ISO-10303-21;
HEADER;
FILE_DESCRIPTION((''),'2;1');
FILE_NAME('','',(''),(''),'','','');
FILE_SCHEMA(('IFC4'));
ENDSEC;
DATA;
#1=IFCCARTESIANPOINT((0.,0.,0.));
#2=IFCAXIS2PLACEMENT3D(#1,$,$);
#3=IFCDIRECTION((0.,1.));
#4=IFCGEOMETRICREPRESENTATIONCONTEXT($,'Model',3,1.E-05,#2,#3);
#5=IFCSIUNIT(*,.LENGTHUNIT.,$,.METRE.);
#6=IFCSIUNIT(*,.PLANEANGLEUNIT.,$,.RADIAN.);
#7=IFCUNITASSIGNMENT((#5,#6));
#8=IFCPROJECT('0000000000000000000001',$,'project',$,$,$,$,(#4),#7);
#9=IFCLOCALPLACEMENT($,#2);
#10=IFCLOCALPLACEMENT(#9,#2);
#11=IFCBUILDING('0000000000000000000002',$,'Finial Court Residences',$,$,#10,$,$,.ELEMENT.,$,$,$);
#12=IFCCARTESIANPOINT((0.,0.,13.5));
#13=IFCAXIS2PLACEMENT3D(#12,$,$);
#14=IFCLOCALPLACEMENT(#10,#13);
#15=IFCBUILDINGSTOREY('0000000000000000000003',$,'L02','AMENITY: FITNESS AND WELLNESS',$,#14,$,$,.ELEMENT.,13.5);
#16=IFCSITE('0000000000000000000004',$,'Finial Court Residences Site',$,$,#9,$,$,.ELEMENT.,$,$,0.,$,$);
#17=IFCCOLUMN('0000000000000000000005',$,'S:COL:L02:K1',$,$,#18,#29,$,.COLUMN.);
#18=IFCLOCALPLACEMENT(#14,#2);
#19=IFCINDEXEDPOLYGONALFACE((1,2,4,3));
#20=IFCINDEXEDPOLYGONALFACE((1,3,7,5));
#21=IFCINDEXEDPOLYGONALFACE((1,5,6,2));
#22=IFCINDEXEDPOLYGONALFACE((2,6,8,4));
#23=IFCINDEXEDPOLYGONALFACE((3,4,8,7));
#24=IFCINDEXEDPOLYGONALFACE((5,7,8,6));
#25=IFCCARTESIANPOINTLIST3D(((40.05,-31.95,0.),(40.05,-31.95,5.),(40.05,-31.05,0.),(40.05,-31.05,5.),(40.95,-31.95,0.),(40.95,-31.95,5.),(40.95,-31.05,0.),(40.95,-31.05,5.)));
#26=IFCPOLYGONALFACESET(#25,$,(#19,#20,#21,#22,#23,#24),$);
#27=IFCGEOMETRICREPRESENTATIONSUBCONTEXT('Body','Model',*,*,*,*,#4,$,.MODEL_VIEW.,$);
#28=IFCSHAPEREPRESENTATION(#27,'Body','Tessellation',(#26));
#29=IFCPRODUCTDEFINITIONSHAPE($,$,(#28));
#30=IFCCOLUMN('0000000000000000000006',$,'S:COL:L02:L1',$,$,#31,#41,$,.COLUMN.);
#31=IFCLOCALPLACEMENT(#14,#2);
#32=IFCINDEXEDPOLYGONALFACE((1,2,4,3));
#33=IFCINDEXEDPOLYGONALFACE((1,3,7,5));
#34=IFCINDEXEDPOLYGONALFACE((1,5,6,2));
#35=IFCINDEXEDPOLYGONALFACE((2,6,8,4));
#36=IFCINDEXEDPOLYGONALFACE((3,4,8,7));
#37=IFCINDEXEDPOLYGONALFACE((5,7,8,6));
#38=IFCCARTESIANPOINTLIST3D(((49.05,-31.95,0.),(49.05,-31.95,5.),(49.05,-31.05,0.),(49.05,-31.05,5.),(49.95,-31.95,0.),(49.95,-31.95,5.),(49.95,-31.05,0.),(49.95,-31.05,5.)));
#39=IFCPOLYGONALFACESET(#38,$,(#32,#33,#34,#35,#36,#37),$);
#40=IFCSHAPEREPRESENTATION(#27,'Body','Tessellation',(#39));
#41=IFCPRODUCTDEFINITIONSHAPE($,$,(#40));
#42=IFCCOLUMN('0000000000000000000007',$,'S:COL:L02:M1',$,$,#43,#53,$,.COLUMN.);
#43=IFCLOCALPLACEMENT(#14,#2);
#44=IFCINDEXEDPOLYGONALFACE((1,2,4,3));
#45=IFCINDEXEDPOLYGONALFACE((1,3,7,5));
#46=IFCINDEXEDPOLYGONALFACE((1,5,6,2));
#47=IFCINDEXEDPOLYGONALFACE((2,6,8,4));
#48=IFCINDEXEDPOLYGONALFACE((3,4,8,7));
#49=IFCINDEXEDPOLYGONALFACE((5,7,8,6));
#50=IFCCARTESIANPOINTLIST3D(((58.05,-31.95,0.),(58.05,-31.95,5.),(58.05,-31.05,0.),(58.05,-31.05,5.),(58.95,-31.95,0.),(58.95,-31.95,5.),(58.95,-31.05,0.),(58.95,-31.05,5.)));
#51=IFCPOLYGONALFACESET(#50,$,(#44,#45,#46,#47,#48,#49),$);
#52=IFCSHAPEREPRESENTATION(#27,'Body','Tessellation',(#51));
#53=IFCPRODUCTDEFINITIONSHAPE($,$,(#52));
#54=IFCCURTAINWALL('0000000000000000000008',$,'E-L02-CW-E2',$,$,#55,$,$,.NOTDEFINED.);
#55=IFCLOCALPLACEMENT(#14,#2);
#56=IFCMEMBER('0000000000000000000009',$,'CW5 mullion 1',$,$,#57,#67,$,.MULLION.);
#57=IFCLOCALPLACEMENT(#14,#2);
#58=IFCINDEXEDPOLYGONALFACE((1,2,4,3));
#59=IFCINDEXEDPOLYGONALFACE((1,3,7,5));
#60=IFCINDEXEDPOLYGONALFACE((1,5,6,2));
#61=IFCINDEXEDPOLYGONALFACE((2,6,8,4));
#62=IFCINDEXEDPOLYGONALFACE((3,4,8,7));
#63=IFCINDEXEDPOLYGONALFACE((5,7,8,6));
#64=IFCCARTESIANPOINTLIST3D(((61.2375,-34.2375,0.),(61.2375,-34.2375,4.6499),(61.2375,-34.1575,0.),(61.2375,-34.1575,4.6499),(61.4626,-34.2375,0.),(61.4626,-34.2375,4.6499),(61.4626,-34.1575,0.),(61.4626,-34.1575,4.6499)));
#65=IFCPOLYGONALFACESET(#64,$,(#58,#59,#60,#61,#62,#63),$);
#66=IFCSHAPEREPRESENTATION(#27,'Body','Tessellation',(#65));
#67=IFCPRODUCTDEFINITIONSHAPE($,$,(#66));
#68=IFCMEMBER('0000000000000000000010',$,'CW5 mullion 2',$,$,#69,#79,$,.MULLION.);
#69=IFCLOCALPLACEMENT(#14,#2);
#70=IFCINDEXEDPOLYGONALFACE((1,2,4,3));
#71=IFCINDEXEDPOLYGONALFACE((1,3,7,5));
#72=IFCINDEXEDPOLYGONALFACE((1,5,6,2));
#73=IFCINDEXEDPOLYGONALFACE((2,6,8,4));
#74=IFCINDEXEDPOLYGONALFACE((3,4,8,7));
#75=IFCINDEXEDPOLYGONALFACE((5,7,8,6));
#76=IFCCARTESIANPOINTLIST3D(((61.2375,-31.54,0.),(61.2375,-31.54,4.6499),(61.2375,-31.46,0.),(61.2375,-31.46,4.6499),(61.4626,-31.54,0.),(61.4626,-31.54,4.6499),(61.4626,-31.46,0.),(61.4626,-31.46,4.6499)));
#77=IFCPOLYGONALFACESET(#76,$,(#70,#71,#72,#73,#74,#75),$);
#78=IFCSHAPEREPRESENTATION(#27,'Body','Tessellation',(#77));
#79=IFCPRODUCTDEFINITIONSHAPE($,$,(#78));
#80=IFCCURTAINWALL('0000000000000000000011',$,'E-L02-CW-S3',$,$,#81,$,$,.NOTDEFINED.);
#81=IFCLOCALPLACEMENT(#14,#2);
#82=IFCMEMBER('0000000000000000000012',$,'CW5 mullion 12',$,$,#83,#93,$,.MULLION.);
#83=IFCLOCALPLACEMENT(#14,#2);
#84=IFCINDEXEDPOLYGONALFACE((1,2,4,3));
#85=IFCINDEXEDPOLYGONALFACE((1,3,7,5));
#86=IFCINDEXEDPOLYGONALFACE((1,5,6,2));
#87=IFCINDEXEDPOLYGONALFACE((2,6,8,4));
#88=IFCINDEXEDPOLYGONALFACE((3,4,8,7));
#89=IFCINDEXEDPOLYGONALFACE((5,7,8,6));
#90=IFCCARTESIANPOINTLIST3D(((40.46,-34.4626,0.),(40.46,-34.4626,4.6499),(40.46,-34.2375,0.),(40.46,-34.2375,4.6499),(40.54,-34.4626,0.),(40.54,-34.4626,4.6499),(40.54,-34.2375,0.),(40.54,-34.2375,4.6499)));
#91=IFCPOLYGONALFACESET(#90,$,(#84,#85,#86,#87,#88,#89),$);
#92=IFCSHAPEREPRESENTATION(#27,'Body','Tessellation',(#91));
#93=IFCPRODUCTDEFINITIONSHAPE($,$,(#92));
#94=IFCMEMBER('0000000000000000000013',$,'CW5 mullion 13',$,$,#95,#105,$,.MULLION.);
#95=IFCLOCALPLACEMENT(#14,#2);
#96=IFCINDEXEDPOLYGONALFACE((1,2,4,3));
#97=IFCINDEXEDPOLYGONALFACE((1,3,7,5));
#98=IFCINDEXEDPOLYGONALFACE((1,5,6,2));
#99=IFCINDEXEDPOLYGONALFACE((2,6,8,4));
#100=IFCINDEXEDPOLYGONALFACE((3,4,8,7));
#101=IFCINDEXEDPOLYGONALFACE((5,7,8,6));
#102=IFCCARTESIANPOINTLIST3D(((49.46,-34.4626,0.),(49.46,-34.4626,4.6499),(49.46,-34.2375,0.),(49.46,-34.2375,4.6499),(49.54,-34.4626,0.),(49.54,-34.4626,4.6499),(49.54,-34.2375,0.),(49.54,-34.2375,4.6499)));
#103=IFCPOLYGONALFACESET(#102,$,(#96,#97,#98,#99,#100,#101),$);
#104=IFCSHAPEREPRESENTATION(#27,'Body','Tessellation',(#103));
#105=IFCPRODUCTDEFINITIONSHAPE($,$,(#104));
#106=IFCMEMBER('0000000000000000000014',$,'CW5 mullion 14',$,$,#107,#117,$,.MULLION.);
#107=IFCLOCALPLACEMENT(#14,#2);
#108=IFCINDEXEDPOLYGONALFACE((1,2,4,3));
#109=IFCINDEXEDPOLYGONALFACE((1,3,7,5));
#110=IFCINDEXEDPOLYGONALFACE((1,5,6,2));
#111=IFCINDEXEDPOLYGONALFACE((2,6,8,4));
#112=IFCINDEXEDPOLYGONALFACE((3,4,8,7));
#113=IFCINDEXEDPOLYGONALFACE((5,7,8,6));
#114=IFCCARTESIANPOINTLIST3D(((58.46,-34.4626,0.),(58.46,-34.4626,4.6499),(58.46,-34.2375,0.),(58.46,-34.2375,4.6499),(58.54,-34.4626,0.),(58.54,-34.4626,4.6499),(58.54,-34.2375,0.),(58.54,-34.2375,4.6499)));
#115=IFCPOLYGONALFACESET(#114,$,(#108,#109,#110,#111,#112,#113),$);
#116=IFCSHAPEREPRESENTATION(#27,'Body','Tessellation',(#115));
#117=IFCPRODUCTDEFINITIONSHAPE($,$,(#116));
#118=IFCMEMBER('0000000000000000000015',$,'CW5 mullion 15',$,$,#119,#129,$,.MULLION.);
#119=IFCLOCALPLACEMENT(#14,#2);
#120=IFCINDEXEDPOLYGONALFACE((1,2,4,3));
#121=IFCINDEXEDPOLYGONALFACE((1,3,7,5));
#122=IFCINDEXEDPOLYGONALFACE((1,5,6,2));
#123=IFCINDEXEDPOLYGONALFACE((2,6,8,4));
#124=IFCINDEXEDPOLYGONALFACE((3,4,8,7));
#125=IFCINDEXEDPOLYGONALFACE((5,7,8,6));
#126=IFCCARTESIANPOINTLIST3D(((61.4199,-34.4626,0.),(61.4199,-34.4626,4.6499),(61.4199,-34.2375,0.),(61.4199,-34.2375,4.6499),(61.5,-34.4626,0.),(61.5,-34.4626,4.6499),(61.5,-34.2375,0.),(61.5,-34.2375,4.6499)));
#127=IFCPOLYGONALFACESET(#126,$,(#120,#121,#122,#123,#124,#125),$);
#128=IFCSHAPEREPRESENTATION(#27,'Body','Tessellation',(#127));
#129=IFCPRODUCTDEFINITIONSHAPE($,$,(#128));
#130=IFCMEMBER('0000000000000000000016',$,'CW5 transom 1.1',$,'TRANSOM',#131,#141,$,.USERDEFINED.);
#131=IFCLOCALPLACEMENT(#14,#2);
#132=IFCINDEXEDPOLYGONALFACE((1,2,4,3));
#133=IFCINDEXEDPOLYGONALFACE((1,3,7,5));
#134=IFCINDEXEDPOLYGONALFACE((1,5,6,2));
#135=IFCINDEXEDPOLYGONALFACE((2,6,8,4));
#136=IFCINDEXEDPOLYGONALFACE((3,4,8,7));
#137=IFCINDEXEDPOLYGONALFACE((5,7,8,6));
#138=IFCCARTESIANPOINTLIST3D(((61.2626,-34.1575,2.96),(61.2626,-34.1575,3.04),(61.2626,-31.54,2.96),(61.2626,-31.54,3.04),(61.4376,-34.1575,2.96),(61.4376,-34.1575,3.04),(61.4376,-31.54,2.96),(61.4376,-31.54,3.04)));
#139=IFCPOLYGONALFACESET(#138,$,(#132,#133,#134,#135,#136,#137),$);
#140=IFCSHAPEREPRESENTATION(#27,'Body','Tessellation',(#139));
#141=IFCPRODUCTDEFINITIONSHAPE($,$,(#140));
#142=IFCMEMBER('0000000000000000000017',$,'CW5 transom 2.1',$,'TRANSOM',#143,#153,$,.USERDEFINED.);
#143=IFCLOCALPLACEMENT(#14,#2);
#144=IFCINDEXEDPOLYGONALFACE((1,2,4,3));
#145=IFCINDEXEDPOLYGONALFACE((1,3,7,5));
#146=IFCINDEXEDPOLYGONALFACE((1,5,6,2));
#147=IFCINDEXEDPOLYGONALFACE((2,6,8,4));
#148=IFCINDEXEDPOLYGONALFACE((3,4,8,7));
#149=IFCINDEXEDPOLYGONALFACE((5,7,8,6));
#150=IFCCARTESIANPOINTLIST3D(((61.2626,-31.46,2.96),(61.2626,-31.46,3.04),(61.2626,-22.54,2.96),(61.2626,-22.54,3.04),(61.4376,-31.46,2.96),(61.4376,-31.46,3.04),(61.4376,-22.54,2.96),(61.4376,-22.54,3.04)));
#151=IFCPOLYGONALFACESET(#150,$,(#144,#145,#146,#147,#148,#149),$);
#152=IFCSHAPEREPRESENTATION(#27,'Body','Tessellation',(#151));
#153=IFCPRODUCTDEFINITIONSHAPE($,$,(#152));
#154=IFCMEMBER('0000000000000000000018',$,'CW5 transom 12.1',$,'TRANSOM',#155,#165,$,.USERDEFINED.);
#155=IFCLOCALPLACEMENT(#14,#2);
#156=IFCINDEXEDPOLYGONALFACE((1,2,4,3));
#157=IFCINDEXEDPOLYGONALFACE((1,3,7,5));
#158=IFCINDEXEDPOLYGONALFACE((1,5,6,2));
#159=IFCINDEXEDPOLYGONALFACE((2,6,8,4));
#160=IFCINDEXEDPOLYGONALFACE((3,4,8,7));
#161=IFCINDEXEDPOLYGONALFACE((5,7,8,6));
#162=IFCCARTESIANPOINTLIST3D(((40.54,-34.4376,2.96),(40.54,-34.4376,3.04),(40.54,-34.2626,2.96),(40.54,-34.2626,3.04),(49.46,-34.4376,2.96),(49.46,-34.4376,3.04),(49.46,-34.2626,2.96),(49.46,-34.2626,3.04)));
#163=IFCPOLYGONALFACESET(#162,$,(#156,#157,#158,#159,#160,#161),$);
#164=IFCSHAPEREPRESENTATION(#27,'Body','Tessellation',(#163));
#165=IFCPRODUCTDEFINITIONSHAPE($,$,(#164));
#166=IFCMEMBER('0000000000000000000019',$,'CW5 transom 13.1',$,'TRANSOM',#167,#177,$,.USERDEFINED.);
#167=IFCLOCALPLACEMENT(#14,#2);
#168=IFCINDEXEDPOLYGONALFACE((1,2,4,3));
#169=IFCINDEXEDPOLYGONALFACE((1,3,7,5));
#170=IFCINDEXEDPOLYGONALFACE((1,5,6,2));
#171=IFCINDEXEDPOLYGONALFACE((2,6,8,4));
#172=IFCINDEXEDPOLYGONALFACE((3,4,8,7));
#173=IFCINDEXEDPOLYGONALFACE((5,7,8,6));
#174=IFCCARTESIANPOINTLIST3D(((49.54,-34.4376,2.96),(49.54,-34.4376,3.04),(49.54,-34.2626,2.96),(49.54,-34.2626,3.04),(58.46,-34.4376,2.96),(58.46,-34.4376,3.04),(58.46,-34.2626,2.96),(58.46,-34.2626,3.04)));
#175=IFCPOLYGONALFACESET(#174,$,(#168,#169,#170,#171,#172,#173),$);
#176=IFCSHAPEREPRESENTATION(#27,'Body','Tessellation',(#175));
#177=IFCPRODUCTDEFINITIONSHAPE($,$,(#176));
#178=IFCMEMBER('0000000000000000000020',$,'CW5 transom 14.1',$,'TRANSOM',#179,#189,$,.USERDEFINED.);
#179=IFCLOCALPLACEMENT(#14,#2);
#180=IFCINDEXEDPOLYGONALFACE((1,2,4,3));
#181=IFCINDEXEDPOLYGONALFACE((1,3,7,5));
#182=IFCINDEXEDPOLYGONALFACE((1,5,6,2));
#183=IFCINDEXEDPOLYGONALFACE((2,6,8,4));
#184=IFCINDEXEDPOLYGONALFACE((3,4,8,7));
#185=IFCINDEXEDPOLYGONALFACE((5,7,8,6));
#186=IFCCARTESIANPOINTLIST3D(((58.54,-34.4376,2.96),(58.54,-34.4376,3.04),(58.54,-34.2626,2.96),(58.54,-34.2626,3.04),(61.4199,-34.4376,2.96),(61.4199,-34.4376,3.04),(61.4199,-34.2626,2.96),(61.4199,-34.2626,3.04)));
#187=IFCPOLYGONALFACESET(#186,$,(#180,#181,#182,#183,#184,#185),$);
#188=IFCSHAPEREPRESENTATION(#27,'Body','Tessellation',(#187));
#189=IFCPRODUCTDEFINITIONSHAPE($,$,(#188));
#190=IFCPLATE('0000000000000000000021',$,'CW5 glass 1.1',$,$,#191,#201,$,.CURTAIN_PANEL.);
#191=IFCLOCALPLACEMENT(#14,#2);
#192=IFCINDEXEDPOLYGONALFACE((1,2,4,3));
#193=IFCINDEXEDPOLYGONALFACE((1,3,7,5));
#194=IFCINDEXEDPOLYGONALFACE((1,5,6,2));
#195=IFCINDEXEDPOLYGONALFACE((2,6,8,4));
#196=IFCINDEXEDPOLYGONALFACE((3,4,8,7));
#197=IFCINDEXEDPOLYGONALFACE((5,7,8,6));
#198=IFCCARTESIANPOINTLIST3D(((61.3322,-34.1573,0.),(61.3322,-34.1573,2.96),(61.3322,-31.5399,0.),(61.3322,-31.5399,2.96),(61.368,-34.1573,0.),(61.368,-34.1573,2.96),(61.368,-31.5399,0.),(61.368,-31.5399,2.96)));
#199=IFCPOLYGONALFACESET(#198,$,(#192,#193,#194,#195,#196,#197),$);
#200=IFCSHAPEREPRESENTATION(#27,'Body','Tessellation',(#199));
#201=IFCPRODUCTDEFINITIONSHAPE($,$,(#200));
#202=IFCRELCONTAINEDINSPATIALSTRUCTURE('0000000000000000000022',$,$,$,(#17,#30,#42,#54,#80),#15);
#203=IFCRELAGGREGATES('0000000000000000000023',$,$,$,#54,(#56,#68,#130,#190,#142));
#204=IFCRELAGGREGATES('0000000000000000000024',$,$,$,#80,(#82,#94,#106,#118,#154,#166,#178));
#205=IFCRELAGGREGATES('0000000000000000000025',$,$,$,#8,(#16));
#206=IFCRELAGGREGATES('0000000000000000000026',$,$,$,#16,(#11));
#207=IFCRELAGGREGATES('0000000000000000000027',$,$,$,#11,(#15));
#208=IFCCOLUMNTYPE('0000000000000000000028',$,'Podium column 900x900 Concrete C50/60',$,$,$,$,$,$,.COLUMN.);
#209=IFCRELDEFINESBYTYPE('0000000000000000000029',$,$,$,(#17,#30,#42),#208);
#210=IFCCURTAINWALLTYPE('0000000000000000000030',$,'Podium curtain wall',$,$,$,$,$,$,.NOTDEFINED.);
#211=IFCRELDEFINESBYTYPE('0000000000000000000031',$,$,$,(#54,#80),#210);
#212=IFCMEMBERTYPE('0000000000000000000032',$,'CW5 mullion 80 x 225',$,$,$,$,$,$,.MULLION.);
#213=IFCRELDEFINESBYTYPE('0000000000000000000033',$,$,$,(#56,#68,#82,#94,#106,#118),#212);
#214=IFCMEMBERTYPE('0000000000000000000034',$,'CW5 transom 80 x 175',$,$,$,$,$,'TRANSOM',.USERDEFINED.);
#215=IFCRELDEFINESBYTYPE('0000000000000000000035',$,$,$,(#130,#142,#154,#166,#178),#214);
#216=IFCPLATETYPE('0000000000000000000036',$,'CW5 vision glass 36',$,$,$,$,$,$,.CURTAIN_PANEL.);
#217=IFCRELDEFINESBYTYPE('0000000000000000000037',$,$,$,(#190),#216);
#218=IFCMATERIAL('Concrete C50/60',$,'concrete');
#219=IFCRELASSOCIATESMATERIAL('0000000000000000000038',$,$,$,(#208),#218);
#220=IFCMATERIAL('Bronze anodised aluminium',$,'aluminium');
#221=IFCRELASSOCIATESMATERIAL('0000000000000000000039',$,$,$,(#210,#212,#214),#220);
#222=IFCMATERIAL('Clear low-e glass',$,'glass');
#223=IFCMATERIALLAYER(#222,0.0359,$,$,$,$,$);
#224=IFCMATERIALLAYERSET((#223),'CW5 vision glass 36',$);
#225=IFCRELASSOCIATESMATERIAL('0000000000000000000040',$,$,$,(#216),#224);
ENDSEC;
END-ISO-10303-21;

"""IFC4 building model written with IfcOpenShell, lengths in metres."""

from ifc_helpers import new_model, si_unit, direction, frame, origin, origin_2d, place, context, subcontext, project, spatial, rectangle, extrude, material, layer, layer_set, material_profile, profile_set, type_object, element, aggregate, save


model = new_model("IFC4")

# Units and contexts
model_context = context("Model", 3, precision=1e-05, world=origin(), true_north=direction((0.0, 1.0)))
body_context = subcontext(model_context, "Body", "Model", "MODEL_VIEW")
ifc_project = project(units=[si_unit("LENGTHUNIT", "METRE"), si_unit("PLANEANGLEUNIT", "RADIAN")], contexts=[model_context])

# Site, building, storey
site_placement = place(None, origin())
site = spatial("IfcSite", under=ifc_project, at=site_placement, Name="Finial Court Residences Site", CompositionType="ELEMENT", RefElevation=0.0)
building_placement = place(site_placement, origin())
building = spatial("IfcBuilding", under=site, at=building_placement, Name="Finial Court Residences", CompositionType="ELEMENT")
storey_placement = place(building_placement, frame((0.0, 0.0, 13.5)))
storey = spatial("IfcBuildingStorey", under=building, at=storey_placement, Name="L02", Description="AMENITY: FITNESS AND WELLNESS", CompositionType="ELEMENT", Elevation=13.5)

# Columns
ifc_material_1 = material(Name="Concrete C50/60", Category="concrete")
ifc_material_profile_1 = material_profile(ifc_material_1, rectangle(XDim=0.8999, YDim=0.8999, at=origin_2d()), Name="900x900")
ifc_profile_set_1 = profile_set([ifc_material_profile_1], Name="Concrete C50/60")
column_type = type_object("IfcColumnType", Name="Podium column 900x900 Concrete C50/60", PredefinedType="COLUMN", material=ifc_profile_set_1)
for number, where, z_axis, x_axis, name in (
    (1, (40.5, -31.5, 0.0), (0.0, 0.0, 1.0), (1.0, 0.0, 0.0), "S:COL:L02:K1"),
    (2, (49.5, -31.5, 0.0), (0.0, 0.0, 1.0), (1.0, 0.0, 0.0), "S:COL:L02:L1"),
    (3, (58.5, -31.5, 0.0), (0.0, 0.0, 1.0), (1.0, 0.0, 0.0), "S:COL:L02:M1"),
):
    element("IfcColumn", number, at=place(storey_placement, frame(where, z_axis=z_axis, x_axis=x_axis)), inside=storey, type_object=column_type, Name=name, PredefinedType="COLUMN", context=body_context, shape_type="SweptSolid", body=[
        extrude(rectangle(XDim=0.8999, YDim=0.8999, at=origin_2d()), origin(), (0.0, 0.0, 1.0), 5.0),
    ])

# Curtain walls, members
ifc_material_2 = material(Name="Bronze anodised aluminium", Category="aluminium")
curtain_wall_type = type_object("IfcCurtainWallType", Name="Podium curtain wall", PredefinedType="NOTDEFINED", material=ifc_material_2)
curtain_wall_1_placement = place(storey_placement, origin())
curtain_wall_1 = element("IfcCurtainWall", 4, at=curtain_wall_1_placement, inside=storey, type_object=curtain_wall_type, Name="E-L02-CW-E2", PredefinedType="NOTDEFINED")
ifc_material_profile_2 = material_profile(ifc_material_2, rectangle(XDim=0.2251, YDim=0.0801, at=origin_2d()), Name="CW5 mullion 80 x 225")
ifc_profile_set_2 = profile_set([ifc_material_profile_2], Name="Bronze anodised aluminium")
member_type_1 = type_object("IfcMemberType", Name="CW5 mullion 80 x 225", PredefinedType="MULLION", material=ifc_profile_set_2)
member_1_placement = place(storey_placement, frame((61.3501, -34.1975, 0.0), z_axis=(0.0, 0.0, 1.0), x_axis=(-1.0, 0.0, 0.0)))
member_1 = element("IfcMember", 5, at=member_1_placement, type_object=member_type_1, Name="CW5 mullion 1", PredefinedType="MULLION", context=body_context, shape_type="SweptSolid", body=[
    extrude(rectangle(XDim=0.2251, YDim=0.0801, at=origin_2d()), origin(), (0.0, 0.0, 1.0), 4.6499),
])
member_2_placement = place(storey_placement, frame((61.3501, -31.5, 0.0), z_axis=(0.0, 0.0, 1.0), x_axis=(-1.0, 0.0, 0.0)))
member_2 = element("IfcMember", 6, at=member_2_placement, type_object=member_type_1, Name="CW5 mullion 2", PredefinedType="MULLION", context=body_context, shape_type="SweptSolid", body=[
    extrude(rectangle(XDim=0.2251, YDim=0.0801, at=origin_2d()), origin(), (0.0, 0.0, 1.0), 4.6499),
])
curtain_wall_2_placement = place(storey_placement, origin())
curtain_wall_2 = element("IfcCurtainWall", 7, at=curtain_wall_2_placement, inside=storey, type_object=curtain_wall_type, Name="E-L02-CW-S3", PredefinedType="NOTDEFINED")
member_3_placement = place(storey_placement, frame((40.5, -34.3501, 0.0), z_axis=(0.0, 0.0, 1.0), x_axis=(0.0, 1.0, 0.0)))
member_3 = element("IfcMember", 8, at=member_3_placement, type_object=member_type_1, Name="CW5 mullion 12", PredefinedType="MULLION", context=body_context, shape_type="SweptSolid", body=[
    extrude(rectangle(XDim=0.2251, YDim=0.0801, at=origin_2d()), origin(), (0.0, 0.0, 1.0), 4.6499),
])
member_4_placement = place(storey_placement, frame((49.5, -34.3501, 0.0), z_axis=(0.0, 0.0, 1.0), x_axis=(0.0, 1.0, 0.0)))
member_4 = element("IfcMember", 9, at=member_4_placement, type_object=member_type_1, Name="CW5 mullion 13", PredefinedType="MULLION", context=body_context, shape_type="SweptSolid", body=[
    extrude(rectangle(XDim=0.2251, YDim=0.0801, at=origin_2d()), origin(), (0.0, 0.0, 1.0), 4.6499),
])
member_5_placement = place(storey_placement, frame((58.5, -34.3501, 0.0), z_axis=(0.0, 0.0, 1.0), x_axis=(0.0, 1.0, 0.0)))
member_5 = element("IfcMember", 10, at=member_5_placement, type_object=member_type_1, Name="CW5 mullion 14", PredefinedType="MULLION", context=body_context, shape_type="SweptSolid", body=[
    extrude(rectangle(XDim=0.2251, YDim=0.0801, at=origin_2d()), origin(), (0.0, 0.0, 1.0), 4.6499),
])
member_6_placement = place(storey_placement, frame((61.46, -34.3501, 0.0), z_axis=(0.0, 0.0, 1.0), x_axis=(0.0, 1.0, 0.0)))
member_6 = element("IfcMember", 11, at=member_6_placement, type_object=member_type_1, Name="CW5 mullion 15", PredefinedType="MULLION", context=body_context, shape_type="SweptSolid", body=[
    extrude(rectangle(XDim=0.2251, YDim=0.0801, at=origin_2d()), origin(), (0.0, 0.0, 1.0), 4.6499),
])

# Members
ifc_material_profile_3 = material_profile(ifc_material_2, rectangle(XDim=0.175, YDim=0.0801, at=origin_2d()), Name="CW5 transom 80 x 175")
ifc_profile_set_3 = profile_set([ifc_material_profile_3], Name="Bronze anodised aluminium")
member_type_2 = type_object("IfcMemberType", Name="CW5 transom 80 x 175", ElementType="TRANSOM", PredefinedType="USERDEFINED", material=ifc_profile_set_3)
member_7_placement = place(storey_placement, frame((61.3501, -34.1575, 3.0), z_axis=(0.0, 1.0, 0.0), x_axis=(-1.0, 0.0, 0.0)))
member_7 = element("IfcMember", 12, at=member_7_placement, type_object=member_type_2, Name="CW5 transom 1.1", ObjectType="TRANSOM", PredefinedType="USERDEFINED", context=body_context, shape_type="SweptSolid", body=[
    extrude(rectangle(XDim=0.175, YDim=0.0801, at=origin_2d()), origin(), (0.0, 0.0, 1.0), 2.6174),
])
member_8_placement = place(storey_placement, frame((61.3501, -31.46, 3.0), z_axis=(0.0, 1.0, 0.0), x_axis=(-1.0, 0.0, 0.0)))
member_8 = element("IfcMember", 13, at=member_8_placement, type_object=member_type_2, Name="CW5 transom 2.1", ObjectType="TRANSOM", PredefinedType="USERDEFINED", context=body_context, shape_type="SweptSolid", body=[
    extrude(rectangle(XDim=0.175, YDim=0.0801, at=origin_2d()), origin(), (0.0, 0.0, 1.0), 8.9199),
])
member_9_placement = place(storey_placement, frame((40.54, -34.3501, 3.0), z_axis=(1.0, 0.0, 0.0), x_axis=(0.0, 1.0, 0.0)))
member_9 = element("IfcMember", 14, at=member_9_placement, type_object=member_type_2, Name="CW5 transom 12.1", ObjectType="TRANSOM", PredefinedType="USERDEFINED", context=body_context, shape_type="SweptSolid", body=[
    extrude(rectangle(XDim=0.175, YDim=0.0801, at=origin_2d()), origin(), (0.0, 0.0, 1.0), 8.9199),
])
member_10_placement = place(storey_placement, frame((49.54, -34.3501, 3.0), z_axis=(1.0, 0.0, 0.0), x_axis=(0.0, 1.0, 0.0)))
member_10 = element("IfcMember", 15, at=member_10_placement, type_object=member_type_2, Name="CW5 transom 13.1", ObjectType="TRANSOM", PredefinedType="USERDEFINED", context=body_context, shape_type="SweptSolid", body=[
    extrude(rectangle(XDim=0.175, YDim=0.0801, at=origin_2d()), origin(), (0.0, 0.0, 1.0), 8.9199),
])
member_11_placement = place(storey_placement, frame((58.54, -34.3501, 3.0), z_axis=(1.0, 0.0, 0.0), x_axis=(0.0, 1.0, 0.0)))
member_11 = element("IfcMember", 16, at=member_11_placement, type_object=member_type_2, Name="CW5 transom 14.1", ObjectType="TRANSOM", PredefinedType="USERDEFINED", context=body_context, shape_type="SweptSolid", body=[
    extrude(rectangle(XDim=0.175, YDim=0.0801, at=origin_2d()), origin(), (0.0, 0.0, 1.0), 2.8799),
])

# Plate
ifc_material_3 = material(Name="Clear low-e glass", Category="glass")
ifc_layer_1 = layer(ifc_material_3, 0.0359)
ifc_layer_set_1 = layer_set([ifc_layer_1], Name="CW5 vision glass 36")
plate_type = type_object("IfcPlateType", Name="CW5 vision glass 36", PredefinedType="CURTAIN_PANEL", material=ifc_layer_set_1)
plate_1_placement = place(storey_placement, frame((61.3501, -32.8486, 0.0), z_axis=(0.0, 0.0, 1.0), x_axis=(0.0, 1.0, 0.0)))
plate_1 = element("IfcPlate", 17, at=plate_1_placement, type_object=plate_type, Name="CW5 glass 1.1", PredefinedType="CURTAIN_PANEL", context=body_context, shape_type="SweptSolid", body=[
    extrude(rectangle(XDim=2.6174, YDim=0.0359, at=origin_2d()), origin(), (0.0, 0.0, 1.0), 2.96),
])
aggregate(curtain_wall_1, [member_1, member_2, member_7, plate_1, member_8])
aggregate(curtain_wall_2, [member_3, member_4, member_5, member_6, member_9, member_10, member_11])

save(model, "model.ifc")
